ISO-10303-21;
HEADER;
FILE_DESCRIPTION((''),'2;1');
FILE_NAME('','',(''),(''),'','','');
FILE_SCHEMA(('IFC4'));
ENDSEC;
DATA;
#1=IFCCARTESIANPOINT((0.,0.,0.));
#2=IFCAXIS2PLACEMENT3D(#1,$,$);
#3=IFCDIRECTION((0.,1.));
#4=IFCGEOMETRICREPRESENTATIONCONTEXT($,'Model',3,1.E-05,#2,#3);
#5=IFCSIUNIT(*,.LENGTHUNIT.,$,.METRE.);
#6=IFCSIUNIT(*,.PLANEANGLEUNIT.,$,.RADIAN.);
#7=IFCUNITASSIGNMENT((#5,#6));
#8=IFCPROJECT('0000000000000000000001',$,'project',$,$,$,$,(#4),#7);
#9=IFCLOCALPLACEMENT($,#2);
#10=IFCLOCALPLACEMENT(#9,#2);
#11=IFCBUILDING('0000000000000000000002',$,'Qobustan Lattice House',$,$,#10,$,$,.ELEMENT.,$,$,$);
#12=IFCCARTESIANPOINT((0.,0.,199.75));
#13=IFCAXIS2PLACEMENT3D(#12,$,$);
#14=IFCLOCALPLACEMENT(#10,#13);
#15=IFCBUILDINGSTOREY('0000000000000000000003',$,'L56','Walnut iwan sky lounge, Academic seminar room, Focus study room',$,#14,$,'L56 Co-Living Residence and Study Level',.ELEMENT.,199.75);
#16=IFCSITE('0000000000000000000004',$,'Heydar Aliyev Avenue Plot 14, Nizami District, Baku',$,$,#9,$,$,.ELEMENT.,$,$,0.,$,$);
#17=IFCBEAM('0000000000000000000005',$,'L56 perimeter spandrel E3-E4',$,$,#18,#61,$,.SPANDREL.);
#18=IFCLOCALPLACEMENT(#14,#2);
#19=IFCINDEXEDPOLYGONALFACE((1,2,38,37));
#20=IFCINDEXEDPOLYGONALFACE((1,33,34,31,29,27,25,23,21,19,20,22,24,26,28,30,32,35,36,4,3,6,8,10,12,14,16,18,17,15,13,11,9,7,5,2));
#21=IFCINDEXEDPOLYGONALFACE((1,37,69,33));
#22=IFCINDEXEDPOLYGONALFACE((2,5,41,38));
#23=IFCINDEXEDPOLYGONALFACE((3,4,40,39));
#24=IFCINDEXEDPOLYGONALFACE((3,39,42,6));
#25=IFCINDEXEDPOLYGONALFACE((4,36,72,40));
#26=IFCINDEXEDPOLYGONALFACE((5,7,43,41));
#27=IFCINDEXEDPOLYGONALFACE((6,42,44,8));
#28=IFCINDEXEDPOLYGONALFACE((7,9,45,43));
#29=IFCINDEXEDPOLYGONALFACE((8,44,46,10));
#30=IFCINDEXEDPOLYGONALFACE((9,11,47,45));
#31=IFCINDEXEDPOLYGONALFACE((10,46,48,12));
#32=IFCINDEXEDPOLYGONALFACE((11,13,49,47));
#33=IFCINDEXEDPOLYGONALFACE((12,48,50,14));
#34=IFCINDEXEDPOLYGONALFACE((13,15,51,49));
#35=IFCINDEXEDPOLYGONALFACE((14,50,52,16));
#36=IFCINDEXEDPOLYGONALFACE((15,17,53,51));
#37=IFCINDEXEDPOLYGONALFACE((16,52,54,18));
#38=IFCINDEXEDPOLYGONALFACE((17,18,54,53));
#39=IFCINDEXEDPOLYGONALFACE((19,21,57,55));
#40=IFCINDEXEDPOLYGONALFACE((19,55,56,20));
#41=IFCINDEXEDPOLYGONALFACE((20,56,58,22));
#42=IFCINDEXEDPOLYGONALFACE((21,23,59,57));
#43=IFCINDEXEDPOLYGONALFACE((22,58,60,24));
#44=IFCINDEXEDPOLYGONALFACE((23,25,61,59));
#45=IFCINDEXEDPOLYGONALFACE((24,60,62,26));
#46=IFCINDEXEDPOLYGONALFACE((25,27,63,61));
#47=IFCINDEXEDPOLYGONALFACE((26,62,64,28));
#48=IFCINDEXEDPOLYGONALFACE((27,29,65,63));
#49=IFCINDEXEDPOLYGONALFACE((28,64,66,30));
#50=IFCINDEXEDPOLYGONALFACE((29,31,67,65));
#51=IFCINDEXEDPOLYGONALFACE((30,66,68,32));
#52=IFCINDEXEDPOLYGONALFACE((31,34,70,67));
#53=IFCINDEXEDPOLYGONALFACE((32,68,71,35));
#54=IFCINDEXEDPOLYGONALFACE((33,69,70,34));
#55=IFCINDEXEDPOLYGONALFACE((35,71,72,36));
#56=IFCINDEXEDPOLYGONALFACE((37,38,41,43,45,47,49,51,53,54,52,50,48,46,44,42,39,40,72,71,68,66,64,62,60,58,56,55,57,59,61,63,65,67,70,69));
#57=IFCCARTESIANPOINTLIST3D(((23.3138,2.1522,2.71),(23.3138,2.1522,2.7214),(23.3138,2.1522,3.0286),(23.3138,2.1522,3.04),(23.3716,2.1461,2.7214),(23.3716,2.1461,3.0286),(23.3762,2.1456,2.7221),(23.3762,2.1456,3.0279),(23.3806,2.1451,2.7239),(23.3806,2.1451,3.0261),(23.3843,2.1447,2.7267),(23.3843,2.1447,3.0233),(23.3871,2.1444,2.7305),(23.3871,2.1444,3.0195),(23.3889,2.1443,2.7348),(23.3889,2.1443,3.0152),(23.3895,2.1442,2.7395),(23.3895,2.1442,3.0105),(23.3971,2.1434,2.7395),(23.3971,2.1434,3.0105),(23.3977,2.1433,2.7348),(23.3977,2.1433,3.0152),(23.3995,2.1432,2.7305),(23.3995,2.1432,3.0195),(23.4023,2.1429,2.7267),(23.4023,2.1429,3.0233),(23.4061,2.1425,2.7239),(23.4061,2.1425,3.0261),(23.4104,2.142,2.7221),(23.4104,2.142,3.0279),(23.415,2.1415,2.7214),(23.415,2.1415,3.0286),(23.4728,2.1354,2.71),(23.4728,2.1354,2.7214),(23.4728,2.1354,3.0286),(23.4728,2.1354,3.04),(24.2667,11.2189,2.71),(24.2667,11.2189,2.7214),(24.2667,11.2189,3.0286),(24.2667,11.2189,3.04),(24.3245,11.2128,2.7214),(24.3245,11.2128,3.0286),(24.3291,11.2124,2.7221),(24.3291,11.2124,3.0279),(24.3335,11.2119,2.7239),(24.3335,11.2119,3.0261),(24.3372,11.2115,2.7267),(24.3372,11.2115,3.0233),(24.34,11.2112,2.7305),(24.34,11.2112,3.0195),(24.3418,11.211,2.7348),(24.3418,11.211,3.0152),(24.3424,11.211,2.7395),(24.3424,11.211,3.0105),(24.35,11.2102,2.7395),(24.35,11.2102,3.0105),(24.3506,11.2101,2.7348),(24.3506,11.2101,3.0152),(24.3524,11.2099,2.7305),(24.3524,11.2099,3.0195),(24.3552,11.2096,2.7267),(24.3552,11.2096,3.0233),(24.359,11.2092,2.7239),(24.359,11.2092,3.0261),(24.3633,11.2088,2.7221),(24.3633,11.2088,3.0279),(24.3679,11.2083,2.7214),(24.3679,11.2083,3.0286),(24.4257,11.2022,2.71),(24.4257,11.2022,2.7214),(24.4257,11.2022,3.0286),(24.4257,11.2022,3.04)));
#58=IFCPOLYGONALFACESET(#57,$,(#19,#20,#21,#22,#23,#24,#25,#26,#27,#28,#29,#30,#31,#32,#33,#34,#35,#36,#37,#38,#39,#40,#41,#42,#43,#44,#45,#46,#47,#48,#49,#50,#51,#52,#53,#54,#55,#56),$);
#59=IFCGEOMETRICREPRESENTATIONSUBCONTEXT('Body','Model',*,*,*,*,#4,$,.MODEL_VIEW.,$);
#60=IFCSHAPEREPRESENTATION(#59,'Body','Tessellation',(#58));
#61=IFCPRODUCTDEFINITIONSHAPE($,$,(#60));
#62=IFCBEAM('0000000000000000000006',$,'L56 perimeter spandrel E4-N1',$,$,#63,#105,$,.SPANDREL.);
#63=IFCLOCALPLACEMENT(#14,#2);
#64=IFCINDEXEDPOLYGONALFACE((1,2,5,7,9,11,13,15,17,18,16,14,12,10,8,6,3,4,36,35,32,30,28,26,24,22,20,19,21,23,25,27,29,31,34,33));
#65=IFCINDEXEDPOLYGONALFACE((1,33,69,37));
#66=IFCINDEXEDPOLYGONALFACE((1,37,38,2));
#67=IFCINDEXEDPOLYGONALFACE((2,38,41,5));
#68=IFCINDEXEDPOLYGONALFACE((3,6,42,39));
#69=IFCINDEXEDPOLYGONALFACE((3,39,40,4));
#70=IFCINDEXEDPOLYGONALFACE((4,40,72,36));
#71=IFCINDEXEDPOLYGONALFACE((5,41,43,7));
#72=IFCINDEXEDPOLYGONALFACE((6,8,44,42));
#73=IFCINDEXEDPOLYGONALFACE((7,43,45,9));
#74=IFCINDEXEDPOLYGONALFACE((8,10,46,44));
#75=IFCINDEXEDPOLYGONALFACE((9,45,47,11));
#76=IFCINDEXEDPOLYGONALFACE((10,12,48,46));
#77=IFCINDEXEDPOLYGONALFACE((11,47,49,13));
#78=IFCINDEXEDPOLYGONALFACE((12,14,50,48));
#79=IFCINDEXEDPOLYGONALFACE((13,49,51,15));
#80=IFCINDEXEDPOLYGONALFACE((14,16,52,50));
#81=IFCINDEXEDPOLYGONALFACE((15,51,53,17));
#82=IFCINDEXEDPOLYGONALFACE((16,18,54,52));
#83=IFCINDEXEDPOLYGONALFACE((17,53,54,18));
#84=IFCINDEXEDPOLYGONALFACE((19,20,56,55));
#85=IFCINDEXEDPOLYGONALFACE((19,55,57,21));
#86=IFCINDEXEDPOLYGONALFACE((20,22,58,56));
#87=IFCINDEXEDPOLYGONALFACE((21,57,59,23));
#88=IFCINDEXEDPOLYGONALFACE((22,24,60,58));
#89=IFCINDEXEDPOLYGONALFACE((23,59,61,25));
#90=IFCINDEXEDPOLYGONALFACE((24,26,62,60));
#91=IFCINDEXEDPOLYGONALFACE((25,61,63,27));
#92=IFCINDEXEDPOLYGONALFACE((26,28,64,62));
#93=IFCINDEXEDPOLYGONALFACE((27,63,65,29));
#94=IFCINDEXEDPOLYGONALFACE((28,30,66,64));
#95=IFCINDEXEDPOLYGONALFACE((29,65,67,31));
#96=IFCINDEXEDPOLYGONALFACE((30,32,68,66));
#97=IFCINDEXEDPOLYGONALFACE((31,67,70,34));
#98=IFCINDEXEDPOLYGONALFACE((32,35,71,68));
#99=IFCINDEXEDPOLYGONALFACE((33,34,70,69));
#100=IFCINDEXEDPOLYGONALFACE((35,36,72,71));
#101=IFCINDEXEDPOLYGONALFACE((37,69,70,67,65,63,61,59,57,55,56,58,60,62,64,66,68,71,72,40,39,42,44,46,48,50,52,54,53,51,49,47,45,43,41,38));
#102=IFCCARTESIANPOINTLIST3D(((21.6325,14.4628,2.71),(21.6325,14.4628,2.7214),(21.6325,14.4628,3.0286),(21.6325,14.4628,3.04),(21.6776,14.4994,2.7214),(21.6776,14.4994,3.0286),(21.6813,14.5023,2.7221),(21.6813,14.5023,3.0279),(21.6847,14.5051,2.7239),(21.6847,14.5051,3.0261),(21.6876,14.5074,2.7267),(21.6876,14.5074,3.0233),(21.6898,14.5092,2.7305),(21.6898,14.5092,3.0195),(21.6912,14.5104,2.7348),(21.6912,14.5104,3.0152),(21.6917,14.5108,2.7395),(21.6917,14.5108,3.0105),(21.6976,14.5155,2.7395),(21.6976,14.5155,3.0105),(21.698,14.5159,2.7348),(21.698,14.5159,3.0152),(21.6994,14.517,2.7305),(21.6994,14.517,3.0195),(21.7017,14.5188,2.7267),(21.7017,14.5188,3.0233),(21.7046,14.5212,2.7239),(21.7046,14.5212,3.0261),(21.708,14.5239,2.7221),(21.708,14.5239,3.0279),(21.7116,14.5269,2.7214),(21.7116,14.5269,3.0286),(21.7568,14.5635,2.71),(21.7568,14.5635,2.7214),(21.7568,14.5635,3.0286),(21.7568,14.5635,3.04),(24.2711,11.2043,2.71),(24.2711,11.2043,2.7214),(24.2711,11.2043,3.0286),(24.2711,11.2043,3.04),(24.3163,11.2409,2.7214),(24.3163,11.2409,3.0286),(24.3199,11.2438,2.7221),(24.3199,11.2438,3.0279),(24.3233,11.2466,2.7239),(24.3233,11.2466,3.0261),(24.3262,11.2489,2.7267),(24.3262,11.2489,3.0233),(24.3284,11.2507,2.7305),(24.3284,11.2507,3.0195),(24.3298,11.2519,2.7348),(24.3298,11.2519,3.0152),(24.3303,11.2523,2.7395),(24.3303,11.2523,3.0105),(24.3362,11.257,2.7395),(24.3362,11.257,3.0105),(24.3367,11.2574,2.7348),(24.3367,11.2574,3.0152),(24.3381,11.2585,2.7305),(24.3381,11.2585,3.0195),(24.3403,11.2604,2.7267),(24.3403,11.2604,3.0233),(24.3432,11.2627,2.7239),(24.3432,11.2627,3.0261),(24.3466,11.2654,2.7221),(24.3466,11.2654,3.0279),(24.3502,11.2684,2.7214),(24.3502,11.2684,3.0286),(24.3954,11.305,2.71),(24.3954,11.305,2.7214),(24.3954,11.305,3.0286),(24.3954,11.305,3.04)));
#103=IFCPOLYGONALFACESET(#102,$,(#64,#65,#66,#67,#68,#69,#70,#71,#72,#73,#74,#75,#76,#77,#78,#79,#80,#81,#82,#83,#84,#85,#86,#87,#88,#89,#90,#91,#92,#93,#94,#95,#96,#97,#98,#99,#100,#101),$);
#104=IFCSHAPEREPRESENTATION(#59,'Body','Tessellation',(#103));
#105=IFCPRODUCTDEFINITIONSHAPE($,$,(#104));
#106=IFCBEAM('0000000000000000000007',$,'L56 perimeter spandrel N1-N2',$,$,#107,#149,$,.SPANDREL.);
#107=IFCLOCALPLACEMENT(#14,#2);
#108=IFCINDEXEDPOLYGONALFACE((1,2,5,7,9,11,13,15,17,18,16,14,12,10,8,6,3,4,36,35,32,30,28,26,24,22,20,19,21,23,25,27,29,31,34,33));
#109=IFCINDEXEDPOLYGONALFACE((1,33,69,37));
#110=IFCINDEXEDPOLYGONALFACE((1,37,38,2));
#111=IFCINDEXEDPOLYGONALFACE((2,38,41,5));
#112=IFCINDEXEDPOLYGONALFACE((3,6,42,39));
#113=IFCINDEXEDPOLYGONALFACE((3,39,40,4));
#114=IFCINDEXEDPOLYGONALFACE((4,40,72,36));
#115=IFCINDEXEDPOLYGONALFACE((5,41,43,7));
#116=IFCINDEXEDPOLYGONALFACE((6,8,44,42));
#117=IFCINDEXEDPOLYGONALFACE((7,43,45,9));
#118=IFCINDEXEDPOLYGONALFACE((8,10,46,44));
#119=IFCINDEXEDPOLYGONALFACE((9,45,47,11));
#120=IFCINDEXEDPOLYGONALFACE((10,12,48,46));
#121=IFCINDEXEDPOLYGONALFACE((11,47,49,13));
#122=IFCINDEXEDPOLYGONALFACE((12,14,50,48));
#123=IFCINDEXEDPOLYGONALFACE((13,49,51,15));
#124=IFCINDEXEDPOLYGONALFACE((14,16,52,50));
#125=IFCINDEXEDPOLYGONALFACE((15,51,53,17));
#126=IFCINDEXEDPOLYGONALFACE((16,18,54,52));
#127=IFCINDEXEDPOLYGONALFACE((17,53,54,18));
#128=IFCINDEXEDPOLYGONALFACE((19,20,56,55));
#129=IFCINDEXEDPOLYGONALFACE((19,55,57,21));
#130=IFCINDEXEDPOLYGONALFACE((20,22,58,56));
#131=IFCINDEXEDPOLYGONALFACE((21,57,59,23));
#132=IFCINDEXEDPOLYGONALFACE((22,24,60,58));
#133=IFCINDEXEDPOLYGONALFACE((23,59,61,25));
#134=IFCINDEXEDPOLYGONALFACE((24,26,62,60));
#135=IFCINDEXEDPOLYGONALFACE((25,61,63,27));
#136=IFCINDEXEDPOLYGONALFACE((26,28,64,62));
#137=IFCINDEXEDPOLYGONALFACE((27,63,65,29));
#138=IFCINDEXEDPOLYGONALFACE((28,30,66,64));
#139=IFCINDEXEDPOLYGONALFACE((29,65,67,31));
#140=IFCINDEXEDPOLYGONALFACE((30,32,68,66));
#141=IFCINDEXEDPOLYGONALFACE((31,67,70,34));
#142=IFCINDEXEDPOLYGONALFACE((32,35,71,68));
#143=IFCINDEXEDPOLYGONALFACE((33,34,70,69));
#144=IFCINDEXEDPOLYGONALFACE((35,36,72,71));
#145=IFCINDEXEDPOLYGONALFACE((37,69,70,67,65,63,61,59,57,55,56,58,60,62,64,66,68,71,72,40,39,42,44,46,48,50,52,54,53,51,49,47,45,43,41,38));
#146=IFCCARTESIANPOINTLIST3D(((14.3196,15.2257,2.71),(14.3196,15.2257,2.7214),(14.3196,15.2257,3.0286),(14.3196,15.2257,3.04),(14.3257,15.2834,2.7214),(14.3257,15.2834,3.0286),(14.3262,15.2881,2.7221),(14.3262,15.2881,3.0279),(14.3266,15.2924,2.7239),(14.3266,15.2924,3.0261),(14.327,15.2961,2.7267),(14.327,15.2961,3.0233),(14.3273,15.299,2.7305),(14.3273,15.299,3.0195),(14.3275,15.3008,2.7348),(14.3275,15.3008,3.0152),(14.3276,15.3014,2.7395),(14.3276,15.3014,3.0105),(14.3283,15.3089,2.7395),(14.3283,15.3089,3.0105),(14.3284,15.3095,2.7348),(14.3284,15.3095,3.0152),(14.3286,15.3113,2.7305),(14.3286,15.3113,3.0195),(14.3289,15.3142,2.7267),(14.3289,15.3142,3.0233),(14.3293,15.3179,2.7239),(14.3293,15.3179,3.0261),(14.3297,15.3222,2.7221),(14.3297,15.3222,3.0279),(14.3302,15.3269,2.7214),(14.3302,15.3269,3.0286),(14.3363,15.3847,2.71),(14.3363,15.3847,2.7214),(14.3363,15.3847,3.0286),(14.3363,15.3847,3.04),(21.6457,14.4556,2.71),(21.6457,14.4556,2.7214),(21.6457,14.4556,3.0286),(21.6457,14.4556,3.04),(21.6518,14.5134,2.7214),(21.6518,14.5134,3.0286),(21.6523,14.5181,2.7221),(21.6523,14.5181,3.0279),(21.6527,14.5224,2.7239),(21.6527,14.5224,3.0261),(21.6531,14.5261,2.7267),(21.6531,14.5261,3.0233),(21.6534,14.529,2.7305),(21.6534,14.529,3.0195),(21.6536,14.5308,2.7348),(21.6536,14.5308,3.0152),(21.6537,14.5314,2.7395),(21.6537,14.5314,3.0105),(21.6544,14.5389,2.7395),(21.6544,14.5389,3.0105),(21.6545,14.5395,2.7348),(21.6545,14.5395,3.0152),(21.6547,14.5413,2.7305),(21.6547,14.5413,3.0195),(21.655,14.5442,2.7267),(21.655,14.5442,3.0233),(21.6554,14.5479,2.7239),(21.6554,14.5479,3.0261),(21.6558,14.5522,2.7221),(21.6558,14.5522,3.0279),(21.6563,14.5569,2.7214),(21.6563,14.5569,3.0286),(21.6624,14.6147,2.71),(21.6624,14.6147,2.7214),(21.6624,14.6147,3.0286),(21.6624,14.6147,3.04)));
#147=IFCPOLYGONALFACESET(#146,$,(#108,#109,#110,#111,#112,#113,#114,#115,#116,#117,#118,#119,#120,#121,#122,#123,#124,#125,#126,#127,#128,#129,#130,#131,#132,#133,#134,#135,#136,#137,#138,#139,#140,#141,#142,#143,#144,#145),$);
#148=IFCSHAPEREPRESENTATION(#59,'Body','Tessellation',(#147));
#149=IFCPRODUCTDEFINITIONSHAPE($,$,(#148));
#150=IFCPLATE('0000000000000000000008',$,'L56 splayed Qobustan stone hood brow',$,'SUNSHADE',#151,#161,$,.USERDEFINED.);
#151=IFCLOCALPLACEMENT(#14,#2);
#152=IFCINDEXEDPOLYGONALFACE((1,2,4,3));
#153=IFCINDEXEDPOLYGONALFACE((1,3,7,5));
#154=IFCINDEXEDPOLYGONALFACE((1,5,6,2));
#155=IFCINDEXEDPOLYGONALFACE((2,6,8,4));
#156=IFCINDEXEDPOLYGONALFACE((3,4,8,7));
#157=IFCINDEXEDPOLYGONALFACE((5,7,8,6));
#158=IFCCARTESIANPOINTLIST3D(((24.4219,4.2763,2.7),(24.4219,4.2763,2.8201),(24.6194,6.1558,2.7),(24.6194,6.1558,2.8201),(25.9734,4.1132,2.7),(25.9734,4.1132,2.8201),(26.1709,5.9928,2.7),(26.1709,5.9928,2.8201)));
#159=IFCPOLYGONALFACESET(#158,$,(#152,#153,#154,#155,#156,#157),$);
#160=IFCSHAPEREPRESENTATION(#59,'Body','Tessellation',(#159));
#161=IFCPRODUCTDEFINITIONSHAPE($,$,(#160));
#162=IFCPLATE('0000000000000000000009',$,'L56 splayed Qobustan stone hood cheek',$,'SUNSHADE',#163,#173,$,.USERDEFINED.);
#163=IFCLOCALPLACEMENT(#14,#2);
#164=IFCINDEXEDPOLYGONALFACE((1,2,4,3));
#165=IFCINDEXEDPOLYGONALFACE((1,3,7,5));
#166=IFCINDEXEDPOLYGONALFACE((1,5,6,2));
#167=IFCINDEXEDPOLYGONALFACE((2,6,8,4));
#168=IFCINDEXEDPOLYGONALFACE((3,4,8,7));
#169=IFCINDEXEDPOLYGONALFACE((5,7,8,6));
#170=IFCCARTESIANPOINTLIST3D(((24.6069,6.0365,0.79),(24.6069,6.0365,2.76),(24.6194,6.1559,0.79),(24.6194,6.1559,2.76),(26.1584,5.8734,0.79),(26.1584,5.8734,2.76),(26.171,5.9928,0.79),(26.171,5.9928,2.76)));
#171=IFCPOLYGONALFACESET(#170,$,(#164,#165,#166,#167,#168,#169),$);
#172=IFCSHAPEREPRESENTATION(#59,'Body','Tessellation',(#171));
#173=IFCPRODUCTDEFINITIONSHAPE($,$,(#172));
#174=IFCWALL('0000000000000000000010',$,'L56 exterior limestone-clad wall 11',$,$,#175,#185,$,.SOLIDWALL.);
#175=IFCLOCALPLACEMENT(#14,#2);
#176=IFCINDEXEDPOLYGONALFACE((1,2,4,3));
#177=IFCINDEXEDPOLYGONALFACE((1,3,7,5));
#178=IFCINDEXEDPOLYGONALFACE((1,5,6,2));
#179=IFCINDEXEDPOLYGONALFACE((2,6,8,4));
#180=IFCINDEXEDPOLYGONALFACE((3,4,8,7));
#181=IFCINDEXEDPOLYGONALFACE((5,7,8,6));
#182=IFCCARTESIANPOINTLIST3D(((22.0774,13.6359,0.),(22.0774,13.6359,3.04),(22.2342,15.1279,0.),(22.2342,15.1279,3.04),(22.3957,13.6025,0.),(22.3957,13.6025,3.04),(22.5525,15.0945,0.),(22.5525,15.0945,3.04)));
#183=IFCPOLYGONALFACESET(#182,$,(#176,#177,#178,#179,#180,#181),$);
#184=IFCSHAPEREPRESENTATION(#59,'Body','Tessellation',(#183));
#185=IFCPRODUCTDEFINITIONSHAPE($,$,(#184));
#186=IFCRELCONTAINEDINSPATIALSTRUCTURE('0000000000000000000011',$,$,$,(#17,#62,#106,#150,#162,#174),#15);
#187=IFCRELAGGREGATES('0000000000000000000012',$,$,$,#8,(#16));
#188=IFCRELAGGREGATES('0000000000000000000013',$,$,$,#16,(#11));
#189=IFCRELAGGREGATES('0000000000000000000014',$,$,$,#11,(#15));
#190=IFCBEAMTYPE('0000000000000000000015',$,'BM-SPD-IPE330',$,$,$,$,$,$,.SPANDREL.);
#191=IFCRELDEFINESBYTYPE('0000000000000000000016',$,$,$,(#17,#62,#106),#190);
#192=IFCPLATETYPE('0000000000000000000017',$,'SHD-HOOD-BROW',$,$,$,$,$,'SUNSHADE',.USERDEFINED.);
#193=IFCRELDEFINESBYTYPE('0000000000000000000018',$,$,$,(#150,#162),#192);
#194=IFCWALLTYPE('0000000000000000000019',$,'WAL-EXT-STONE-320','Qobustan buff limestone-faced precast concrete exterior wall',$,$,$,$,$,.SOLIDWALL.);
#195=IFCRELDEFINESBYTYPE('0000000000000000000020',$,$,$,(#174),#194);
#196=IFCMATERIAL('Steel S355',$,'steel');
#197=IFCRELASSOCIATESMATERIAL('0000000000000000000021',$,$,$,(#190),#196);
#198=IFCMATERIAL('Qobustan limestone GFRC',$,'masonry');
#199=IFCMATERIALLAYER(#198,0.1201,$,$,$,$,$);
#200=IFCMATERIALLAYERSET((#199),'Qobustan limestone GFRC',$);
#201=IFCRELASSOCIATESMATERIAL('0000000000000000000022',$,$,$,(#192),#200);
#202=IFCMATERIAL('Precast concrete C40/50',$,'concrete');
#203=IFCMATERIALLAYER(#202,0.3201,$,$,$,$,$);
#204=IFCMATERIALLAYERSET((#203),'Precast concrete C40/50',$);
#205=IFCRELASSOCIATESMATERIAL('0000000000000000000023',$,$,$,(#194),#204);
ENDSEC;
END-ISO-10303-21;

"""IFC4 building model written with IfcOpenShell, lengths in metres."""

from ifc_helpers import new_model, si_unit, direction, frame, frame_2d, origin, origin_2d, place, context, subcontext, project, spatial, rectangle, i_section, extrude, material, layer, layer_set, material_profile, profile_set, type_object, element, save


model = new_model("IFC4")

# Units and contexts
model_context = context("Model", 3, precision=1e-05, world=origin(), true_north=direction((0.0, 1.0)))
body_context = subcontext(model_context, "Body", "Model", "MODEL_VIEW")
ifc_project = project(units=[si_unit("LENGTHUNIT", "METRE"), si_unit("PLANEANGLEUNIT", "RADIAN")], contexts=[model_context])

# Site, building, storey
site_placement = place(None, origin())
site = spatial("IfcSite", under=ifc_project, at=site_placement, Name="Heydar Aliyev Avenue Plot 14, Nizami District, Baku", CompositionType="ELEMENT", RefElevation=0.0)
building_placement = place(site_placement, origin())
building = spatial("IfcBuilding", under=site, at=building_placement, Name="Qobustan Lattice House", CompositionType="ELEMENT")
storey_placement = place(building_placement, frame((0.0, 0.0, 199.75)))
storey = spatial("IfcBuildingStorey", under=building, at=storey_placement, Name="L56", Description="Walnut iwan sky lounge, Academic seminar room, Focus study room", LongName="L56 Co-Living Residence and Study Level", CompositionType="ELEMENT", Elevation=199.75)

# Beams
ifc_material_1 = material(Name="Steel S355", Category="steel")
ifc_material_profile_1 = material_profile(ifc_material_1, i_section(OverallWidth=0.1599, OverallDepth=0.3301, WebThickness=0.0076, FlangeThickness=0.0115, FilletRadius=0.0181, at=origin_2d()), Name="IPE330")
ifc_profile_set_1 = profile_set([ifc_material_profile_1], Name="Steel S355")
beam_type_1 = type_object("IfcBeamType", Name="BM-SPD-IPE330", PredefinedType="SPANDREL", material=ifc_profile_set_1)
beam_1_placement = place(storey_placement, frame((23.3933, 2.1438, 2.875), z_axis=(0.104522, 0.994523, 0.0), x_axis=(-0.994523, 0.104522, 0.0)))
element("IfcBeam", 1, at=beam_1_placement, inside=storey, type_object=beam_type_1, Name="L56 perimeter spandrel E3-E4", PredefinedType="SPANDREL", context=body_context, shape_type="SweptSolid", body=[
    extrude(i_section(OverallWidth=0.1599, OverallDepth=0.3301, WebThickness=0.0076, FlangeThickness=0.0115, FilletRadius=0.0181, at=origin_2d()), origin(), (0.0, 0.0, 1.0), 9.1167),
])
beam_2_placement = place(storey_placement, frame((24.3333, 11.2546, 2.875), z_axis=(-0.629314, 0.777151, 0.0), x_axis=(-0.777151, -0.629314, 0.0)))
element("IfcBeam", 2, at=beam_2_placement, inside=storey, type_object=beam_type_1, Name="L56 perimeter spandrel E4-N1", PredefinedType="SPANDREL", context=body_context, shape_type="SweptSolid", body=[
    extrude(i_section(OverallWidth=0.1599, OverallDepth=0.3301, WebThickness=0.0076, FlangeThickness=0.0115, FilletRadius=0.0181, at=origin_2d()), origin(), (0.0, 0.0, 1.0), 4.1929),
])
beam_3_placement = place(storey_placement, frame((21.6541, 14.5352, 2.875), z_axis=(-0.994522, 0.10453, 0.0), x_axis=(-0.10453, -0.994522, 0.0)))
element("IfcBeam", 3, at=beam_3_placement, inside=storey, type_object=beam_type_1, Name="L56 perimeter spandrel N1-N2", PredefinedType="SPANDREL", context=body_context, shape_type="SweptSolid", body=[
    extrude(i_section(OverallWidth=0.1599, OverallDepth=0.3301, WebThickness=0.0076, FlangeThickness=0.0115, FilletRadius=0.0181, at=origin_2d()), origin(), (0.0, 0.0, 1.0), 7.3665),
])

# Plates
ifc_material_2 = material(Name="Qobustan limestone GFRC", Category="masonry")
ifc_layer_1 = layer(ifc_material_2, 0.1201)
ifc_layer_set_1 = layer_set([ifc_layer_1], Name="Qobustan limestone GFRC")
plate_type = type_object("IfcPlateType", Name="SHD-HOOD-BROW", ElementType="SUNSHADE", PredefinedType="USERDEFINED", material=ifc_layer_set_1)
plate_1_placement = place(storey_placement, frame((25.2964, 5.1345, 2.7), z_axis=(0.0, 0.0, 1.0), x_axis=(-0.104528, -0.994522, 0.0)))
element("IfcPlate", 4, at=plate_1_placement, inside=storey, type_object=plate_type, Name="L56 splayed Qobustan stone hood brow", ObjectType="SUNSHADE", PredefinedType="USERDEFINED", context=body_context, shape_type="SweptSolid", body=[
    extrude(rectangle(XDim=1.8899, YDim=1.5601, at=origin_2d()), origin(), (0.0, 0.0, 1.0), 0.1201),
])
plate_2_placement = place(storey_placement, frame((25.3889, 6.0146, 0.79), z_axis=(0.0, 0.0, 1.0), x_axis=(-0.104528, -0.994522, 0.0)))
element("IfcPlate", 5, at=plate_2_placement, inside=storey, type_object=plate_type, Name="L56 splayed Qobustan stone hood cheek", ObjectType="SUNSHADE", PredefinedType="USERDEFINED", context=body_context, shape_type="SweptSolid", body=[
    extrude(rectangle(XDim=0.1201, YDim=1.5601, at=origin_2d()), origin(), (0.0, 0.0, 1.0), 1.97),
])

# Wall
ifc_material_3 = material(Name="Precast concrete C40/50", Category="concrete")
ifc_layer_2 = layer(ifc_material_3, 0.3201)
ifc_layer_set_2 = layer_set([ifc_layer_2], Name="Precast concrete C40/50")
wall_type_1 = type_object("IfcWallType", Name="WAL-EXT-STONE-320", Description="Qobustan buff limestone-faced precast concrete exterior wall", PredefinedType="SOLIDWALL", material=ifc_layer_set_2)
wall_1_placement = place(storey_placement, frame((22.3933, 15.1111, 0.0), z_axis=(0.0, 0.0, 1.0), x_axis=(-0.104481, -0.994527, 0.0)))
element("IfcWall", 6, at=wall_1_placement, inside=storey, type_object=wall_type_1, Name="L56 exterior limestone-clad wall 11", PredefinedType="SOLIDWALL", context=body_context, shape_type="SweptSolid", body=[
    extrude(rectangle(XDim=1.5002, YDim=0.3201, at=frame_2d((0.75, 0.0))), origin(), (0.0, 0.0, 1.0), 3.04),
])

save(model, "model.ifc")
